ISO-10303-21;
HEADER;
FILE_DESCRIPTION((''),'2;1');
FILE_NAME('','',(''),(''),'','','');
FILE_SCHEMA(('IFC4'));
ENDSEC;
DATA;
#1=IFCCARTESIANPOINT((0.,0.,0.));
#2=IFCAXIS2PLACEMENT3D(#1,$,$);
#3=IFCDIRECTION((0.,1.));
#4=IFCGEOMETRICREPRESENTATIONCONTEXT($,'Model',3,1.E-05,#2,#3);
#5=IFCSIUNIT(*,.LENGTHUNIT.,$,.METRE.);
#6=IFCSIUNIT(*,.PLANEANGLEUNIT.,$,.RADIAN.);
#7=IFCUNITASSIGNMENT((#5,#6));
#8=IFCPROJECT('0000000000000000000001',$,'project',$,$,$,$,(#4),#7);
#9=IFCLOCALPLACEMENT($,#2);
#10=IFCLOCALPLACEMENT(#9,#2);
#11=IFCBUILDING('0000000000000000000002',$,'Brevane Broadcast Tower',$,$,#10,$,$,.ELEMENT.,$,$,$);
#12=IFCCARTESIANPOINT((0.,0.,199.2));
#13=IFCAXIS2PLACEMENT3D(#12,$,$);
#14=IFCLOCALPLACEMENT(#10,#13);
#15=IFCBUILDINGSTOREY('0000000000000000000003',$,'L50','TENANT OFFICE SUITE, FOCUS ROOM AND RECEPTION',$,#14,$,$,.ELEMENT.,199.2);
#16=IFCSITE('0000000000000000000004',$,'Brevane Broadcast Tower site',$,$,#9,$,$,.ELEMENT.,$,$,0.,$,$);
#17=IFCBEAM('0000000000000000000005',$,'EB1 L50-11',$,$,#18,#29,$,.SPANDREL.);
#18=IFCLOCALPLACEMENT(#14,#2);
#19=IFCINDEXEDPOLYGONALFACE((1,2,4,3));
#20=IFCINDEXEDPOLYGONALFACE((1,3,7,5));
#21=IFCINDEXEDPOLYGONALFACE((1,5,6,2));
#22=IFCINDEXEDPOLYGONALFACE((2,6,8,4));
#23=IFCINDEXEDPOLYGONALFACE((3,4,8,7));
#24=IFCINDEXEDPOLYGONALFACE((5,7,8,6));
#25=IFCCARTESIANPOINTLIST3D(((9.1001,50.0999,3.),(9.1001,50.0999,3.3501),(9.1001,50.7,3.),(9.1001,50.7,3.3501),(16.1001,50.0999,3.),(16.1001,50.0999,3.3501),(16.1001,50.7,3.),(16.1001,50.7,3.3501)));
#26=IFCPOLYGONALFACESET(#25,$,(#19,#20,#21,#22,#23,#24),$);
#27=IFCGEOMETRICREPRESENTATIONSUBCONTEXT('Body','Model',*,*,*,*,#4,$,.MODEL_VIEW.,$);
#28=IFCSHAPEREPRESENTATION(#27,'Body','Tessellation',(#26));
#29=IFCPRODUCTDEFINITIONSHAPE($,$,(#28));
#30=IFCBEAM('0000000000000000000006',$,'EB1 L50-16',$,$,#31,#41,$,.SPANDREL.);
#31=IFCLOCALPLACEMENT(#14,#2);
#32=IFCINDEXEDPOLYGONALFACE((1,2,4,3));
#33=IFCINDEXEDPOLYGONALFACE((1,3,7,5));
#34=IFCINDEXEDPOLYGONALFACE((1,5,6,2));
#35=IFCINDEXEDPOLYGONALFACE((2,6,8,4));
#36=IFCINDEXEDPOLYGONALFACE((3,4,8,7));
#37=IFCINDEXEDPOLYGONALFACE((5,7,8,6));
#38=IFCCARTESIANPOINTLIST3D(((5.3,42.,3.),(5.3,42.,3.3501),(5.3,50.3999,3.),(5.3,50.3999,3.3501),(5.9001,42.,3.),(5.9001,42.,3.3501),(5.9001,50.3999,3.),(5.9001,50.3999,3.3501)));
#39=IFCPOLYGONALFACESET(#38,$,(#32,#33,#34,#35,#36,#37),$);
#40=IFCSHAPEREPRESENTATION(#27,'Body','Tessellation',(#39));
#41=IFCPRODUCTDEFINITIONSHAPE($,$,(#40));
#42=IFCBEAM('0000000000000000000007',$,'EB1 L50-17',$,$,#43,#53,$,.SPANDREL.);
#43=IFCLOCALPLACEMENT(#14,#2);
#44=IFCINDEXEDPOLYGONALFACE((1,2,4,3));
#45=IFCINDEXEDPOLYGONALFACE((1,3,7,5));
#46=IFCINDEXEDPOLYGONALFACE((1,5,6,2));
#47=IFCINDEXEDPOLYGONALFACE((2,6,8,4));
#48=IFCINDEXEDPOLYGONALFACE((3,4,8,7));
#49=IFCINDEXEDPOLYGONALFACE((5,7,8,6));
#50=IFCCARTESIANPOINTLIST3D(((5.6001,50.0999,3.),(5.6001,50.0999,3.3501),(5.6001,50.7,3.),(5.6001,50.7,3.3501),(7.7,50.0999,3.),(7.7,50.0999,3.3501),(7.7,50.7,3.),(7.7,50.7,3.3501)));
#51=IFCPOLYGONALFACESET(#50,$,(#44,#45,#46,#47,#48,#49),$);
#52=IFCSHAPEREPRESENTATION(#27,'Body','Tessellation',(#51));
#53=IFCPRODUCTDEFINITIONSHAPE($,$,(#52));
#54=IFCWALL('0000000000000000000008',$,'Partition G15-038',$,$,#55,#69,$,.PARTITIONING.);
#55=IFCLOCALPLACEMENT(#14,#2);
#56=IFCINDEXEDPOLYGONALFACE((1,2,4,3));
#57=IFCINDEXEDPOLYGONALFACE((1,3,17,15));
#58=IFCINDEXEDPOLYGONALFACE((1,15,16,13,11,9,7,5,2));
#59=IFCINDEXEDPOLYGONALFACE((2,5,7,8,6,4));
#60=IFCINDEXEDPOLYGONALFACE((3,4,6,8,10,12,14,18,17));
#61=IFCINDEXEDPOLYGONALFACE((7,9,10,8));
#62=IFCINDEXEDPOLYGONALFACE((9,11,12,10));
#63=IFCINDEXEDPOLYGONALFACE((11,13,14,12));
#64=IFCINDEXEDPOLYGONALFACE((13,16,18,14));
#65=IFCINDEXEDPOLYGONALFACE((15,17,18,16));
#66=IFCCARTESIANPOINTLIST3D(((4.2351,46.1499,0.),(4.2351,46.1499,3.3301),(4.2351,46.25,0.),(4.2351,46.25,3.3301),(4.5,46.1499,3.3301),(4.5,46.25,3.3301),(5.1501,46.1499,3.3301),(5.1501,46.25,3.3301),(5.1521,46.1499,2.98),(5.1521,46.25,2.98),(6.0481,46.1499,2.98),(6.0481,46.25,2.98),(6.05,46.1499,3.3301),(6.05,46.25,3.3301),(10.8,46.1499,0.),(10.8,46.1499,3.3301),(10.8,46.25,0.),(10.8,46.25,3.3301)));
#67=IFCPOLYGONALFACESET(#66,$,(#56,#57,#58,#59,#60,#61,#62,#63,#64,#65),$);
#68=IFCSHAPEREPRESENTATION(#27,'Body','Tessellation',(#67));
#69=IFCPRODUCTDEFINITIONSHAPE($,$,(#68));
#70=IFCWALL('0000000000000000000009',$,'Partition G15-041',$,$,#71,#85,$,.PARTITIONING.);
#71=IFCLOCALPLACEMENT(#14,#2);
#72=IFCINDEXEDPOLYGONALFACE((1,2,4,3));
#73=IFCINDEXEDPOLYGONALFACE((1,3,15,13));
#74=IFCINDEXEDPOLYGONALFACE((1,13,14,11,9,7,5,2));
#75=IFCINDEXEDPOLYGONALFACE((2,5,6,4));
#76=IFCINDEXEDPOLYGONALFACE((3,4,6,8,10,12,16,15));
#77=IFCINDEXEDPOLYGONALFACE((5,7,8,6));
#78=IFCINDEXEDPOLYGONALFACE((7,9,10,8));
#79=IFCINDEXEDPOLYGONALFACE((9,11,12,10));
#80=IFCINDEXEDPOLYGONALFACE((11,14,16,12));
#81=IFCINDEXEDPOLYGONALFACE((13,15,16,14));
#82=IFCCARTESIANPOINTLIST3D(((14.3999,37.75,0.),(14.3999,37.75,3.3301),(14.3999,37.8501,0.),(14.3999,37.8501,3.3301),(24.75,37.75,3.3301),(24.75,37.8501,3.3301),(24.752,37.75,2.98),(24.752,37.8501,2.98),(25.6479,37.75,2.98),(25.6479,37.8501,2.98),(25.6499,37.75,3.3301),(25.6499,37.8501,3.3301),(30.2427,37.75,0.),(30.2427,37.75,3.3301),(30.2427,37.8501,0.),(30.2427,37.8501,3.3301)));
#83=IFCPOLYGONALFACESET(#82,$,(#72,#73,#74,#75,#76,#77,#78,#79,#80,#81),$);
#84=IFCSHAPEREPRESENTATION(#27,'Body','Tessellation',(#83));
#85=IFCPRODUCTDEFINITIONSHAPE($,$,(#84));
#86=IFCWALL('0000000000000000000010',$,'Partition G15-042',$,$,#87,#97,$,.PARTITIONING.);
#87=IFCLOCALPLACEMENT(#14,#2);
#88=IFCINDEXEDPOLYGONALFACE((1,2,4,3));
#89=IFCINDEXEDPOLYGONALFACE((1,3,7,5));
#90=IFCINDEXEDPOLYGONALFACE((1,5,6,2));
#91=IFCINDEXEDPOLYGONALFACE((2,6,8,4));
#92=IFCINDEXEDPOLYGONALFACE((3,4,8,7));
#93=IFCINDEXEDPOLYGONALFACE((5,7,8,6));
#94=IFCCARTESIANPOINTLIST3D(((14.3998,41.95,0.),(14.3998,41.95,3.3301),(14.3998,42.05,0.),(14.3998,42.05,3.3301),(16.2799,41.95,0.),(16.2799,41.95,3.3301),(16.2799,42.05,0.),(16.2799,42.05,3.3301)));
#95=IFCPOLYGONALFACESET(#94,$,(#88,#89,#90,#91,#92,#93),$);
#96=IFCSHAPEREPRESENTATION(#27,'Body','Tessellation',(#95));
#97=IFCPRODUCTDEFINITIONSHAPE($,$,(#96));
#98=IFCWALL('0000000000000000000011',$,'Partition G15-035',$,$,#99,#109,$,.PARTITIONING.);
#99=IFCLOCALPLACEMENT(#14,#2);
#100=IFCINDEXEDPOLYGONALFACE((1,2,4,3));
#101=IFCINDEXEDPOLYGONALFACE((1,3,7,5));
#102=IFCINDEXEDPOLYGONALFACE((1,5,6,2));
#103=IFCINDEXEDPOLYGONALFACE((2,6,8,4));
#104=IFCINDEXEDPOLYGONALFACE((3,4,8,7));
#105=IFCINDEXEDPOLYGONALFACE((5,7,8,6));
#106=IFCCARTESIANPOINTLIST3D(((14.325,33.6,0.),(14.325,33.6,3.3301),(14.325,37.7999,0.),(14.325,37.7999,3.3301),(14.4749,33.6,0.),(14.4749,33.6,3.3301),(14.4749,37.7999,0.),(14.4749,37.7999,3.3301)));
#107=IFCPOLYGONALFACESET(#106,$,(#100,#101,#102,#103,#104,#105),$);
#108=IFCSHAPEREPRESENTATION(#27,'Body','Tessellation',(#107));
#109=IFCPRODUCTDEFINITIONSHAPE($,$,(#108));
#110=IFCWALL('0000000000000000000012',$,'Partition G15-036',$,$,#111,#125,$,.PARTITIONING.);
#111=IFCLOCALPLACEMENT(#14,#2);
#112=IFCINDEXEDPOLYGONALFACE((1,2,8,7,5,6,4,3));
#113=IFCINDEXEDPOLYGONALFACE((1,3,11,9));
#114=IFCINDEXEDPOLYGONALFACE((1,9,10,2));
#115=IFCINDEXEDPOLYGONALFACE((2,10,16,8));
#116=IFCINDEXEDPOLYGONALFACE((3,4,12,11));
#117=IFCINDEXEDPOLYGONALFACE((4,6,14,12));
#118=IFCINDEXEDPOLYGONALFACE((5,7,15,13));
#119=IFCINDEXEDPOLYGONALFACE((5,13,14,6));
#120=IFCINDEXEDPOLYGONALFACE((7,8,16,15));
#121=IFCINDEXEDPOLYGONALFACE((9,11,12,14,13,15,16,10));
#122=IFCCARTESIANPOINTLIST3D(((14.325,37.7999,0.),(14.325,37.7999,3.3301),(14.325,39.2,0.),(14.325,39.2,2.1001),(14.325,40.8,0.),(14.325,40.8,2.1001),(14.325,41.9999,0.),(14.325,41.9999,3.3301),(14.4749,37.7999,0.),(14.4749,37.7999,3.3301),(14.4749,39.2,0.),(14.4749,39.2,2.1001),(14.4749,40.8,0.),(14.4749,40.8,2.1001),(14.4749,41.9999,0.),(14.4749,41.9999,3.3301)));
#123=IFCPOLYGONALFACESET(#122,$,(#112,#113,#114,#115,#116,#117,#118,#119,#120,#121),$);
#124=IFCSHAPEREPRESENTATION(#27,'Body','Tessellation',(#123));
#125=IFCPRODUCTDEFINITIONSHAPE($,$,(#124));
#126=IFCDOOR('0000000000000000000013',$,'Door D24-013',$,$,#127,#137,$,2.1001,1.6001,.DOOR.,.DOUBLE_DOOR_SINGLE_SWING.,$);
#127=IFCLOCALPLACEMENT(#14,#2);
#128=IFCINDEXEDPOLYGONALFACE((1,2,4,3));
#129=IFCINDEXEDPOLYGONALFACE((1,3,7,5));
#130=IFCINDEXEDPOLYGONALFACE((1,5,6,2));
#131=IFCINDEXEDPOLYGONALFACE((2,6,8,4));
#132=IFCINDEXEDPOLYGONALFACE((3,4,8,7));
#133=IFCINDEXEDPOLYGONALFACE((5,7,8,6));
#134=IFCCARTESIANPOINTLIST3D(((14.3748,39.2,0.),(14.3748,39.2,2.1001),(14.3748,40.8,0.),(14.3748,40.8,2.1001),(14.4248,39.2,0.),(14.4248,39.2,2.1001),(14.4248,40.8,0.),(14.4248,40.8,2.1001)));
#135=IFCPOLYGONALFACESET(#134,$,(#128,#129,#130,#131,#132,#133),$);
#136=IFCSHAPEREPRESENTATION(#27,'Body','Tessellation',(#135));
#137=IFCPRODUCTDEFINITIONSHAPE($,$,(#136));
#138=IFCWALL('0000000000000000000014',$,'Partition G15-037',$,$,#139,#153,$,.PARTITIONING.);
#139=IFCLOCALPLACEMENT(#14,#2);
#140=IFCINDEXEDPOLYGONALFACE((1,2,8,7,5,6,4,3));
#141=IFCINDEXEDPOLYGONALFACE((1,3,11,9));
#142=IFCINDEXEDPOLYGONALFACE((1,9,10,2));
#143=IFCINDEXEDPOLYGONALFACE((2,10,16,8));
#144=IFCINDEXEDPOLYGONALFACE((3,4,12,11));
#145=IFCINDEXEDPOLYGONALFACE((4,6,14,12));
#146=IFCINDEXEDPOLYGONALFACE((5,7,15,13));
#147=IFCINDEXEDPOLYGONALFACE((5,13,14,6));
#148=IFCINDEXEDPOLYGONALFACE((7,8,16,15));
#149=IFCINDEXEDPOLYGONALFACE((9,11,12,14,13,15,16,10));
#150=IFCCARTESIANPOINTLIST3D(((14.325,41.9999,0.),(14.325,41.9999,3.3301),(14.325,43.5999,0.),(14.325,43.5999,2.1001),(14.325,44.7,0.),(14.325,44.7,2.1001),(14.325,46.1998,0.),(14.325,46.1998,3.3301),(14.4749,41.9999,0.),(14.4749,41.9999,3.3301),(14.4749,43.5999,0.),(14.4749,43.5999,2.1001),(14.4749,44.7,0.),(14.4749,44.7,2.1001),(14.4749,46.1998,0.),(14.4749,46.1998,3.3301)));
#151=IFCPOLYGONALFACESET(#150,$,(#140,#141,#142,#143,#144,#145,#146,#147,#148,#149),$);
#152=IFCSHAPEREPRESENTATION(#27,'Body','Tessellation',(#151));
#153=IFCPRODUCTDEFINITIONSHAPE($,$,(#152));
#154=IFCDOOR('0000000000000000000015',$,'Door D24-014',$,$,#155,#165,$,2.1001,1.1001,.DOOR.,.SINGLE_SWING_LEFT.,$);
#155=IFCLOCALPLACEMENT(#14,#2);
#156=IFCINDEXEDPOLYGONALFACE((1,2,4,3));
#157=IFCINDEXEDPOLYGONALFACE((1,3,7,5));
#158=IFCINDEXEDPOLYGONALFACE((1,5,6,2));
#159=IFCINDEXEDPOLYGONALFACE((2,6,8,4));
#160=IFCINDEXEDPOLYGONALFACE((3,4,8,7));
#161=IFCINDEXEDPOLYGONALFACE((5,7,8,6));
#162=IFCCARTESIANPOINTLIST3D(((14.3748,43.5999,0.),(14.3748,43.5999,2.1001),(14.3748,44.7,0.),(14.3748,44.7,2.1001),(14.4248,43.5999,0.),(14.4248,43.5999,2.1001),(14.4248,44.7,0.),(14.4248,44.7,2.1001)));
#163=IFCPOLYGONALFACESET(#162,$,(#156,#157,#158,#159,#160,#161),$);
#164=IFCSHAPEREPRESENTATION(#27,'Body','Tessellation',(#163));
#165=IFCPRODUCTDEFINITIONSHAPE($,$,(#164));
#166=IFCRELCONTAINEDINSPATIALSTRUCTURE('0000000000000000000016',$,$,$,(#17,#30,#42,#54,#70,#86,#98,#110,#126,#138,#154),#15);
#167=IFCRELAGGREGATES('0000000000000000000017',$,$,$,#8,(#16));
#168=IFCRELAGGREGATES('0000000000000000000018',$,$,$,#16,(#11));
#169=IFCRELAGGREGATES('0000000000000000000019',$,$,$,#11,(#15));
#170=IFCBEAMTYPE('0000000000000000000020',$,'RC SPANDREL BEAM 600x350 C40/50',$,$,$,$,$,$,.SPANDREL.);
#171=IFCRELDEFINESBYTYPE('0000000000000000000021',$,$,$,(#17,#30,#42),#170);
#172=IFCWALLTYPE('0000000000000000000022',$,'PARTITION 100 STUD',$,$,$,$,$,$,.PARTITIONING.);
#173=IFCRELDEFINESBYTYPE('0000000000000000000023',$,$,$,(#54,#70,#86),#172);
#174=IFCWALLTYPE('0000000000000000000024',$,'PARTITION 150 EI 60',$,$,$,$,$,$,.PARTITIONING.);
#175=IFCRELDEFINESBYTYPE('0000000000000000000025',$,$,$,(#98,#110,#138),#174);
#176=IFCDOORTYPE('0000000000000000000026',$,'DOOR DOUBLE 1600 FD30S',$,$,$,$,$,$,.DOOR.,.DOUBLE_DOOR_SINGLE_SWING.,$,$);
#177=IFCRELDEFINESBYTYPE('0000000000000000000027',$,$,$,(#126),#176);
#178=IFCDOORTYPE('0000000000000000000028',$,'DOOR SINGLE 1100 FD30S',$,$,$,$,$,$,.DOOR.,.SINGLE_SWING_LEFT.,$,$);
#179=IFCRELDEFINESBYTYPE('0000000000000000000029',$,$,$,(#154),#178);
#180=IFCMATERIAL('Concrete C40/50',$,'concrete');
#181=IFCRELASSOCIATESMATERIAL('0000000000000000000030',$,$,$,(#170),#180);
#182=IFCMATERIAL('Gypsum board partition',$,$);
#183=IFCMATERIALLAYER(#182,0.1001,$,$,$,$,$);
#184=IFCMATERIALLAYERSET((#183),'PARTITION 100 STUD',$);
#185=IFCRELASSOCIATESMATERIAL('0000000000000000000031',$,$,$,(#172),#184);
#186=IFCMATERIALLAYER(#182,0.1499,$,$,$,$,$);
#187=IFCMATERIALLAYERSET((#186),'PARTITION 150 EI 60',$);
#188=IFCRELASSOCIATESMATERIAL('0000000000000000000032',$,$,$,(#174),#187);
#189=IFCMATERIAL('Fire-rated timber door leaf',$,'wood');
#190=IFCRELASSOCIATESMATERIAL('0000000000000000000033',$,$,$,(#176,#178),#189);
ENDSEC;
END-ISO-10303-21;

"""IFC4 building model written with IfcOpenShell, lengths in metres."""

from ifc_helpers import new_model, si_unit, direction, frame, frame_2d, origin, origin_2d, place, context, subcontext, project, spatial, polyline, rectangle, outline, extrude, material, layer, layer_set, material_profile, profile_set, type_object, element, fill, save


model = new_model("IFC4")

# Units and contexts
model_context = context("Model", 3, precision=1e-05, world=origin(), true_north=direction((0.0, 1.0)))
body_context = subcontext(model_context, "Body", "Model", "MODEL_VIEW")
ifc_project = project(units=[si_unit("LENGTHUNIT", "METRE"), si_unit("PLANEANGLEUNIT", "RADIAN")], contexts=[model_context])

# Site, building, storey
site_placement = place(None, origin())
site = spatial("IfcSite", under=ifc_project, at=site_placement, Name="Brevane Broadcast Tower site", CompositionType="ELEMENT", RefElevation=0.0)
building_placement = place(site_placement, origin())
building = spatial("IfcBuilding", under=site, at=building_placement, Name="Brevane Broadcast Tower", CompositionType="ELEMENT")
storey_placement = place(building_placement, frame((0.0, 0.0, 199.2)))
storey = spatial("IfcBuildingStorey", under=building, at=storey_placement, Name="L50", Description="TENANT OFFICE SUITE, FOCUS ROOM AND RECEPTION", CompositionType="ELEMENT", Elevation=199.2)

# Beams
ifc_material_1 = material(Name="Concrete C40/50", Category="concrete")
ifc_material_profile_1 = material_profile(ifc_material_1, rectangle(XDim=0.6001, YDim=0.3501, at=origin_2d()), Name="RC 600x350")
ifc_profile_set_1 = profile_set([ifc_material_profile_1], Name="Concrete C40/50")
beam_type_1 = type_object("IfcBeamType", Name="RC SPANDREL BEAM 600x350 C40/50", PredefinedType="SPANDREL", material=ifc_profile_set_1)
beam_1_placement = place(storey_placement, frame((16.1001, 50.3999, 3.175), z_axis=(-1.0, 0.0, 0.0), x_axis=(0.0, -1.0, 0.0)))
element("IfcBeam", 1, at=beam_1_placement, inside=storey, type_object=beam_type_1, Name="EB1 L50-11", PredefinedType="SPANDREL", context=body_context, shape_type="SweptSolid", body=[
    extrude(rectangle(XDim=0.6001, YDim=0.3501, at=origin_2d()), origin(), (0.0, 0.0, 1.0), 7.0),
])
beam_2_placement = place(storey_placement, frame((5.6001, 42.0, 3.175), z_axis=(0.0, 1.0, 0.0), x_axis=(-1.0, 0.0, 0.0)))
element("IfcBeam", 2, at=beam_2_placement, inside=storey, type_object=beam_type_1, Name="EB1 L50-16", PredefinedType="SPANDREL", context=body_context, shape_type="SweptSolid", body=[
    extrude(rectangle(XDim=0.6001, YDim=0.3501, at=origin_2d()), origin(), (0.0, 0.0, 1.0), 8.3999),
])
beam_3_placement = place(storey_placement, frame((5.6001, 50.3999, 3.175), z_axis=(1.0, 0.0, 0.0), x_axis=(0.0, 1.0, 0.0)))
element("IfcBeam", 3, at=beam_3_placement, inside=storey, type_object=beam_type_1, Name="EB1 L50-17", PredefinedType="SPANDREL", context=body_context, shape_type="SweptSolid", body=[
    extrude(rectangle(XDim=0.6001, YDim=0.3501, at=origin_2d()), origin(), (0.0, 0.0, 1.0), 2.0999),
])

# Walls
ifc_material_2 = material(Name="Gypsum board partition")
ifc_layer_1 = layer(ifc_material_2, 0.1001)
ifc_layer_set_1 = layer_set([ifc_layer_1], Name="PARTITION 100 STUD")
wall_type_1 = type_object("IfcWallType", Name="PARTITION 100 STUD", PredefinedType="PARTITIONING", material=ifc_layer_set_1)
wall_1_placement = place(storey_placement, frame((10.8, 46.2, 0.0), z_axis=(0.0, 0.0, 1.0), x_axis=(-1.0, 0.0, 0.0)))
element("IfcWall", 4, at=wall_1_placement, inside=storey, type_object=wall_type_1, Name="Partition G15-038", PredefinedType="PARTITIONING", context=body_context, shape_type="SweptSolid", body=[
    extrude(outline(polyline([(0.0, 0.0), (6.5649, 0.0), (6.5649, 3.3301), (6.3, 3.3301), (5.6499, 3.3301), (5.6479, 2.98), (4.752, 2.98), (4.75, 3.3301), (0.0, 3.3301), (0.0, 0.0)])), frame((0.0, 0.05, 0.0), z_axis=(0.0, -1.0, 0.0), x_axis=(1.0, 0.0, 0.0)), (0.0, 0.0, 1.0), 0.1001),
])
wall_2_placement = place(storey_placement, frame((14.3999, 37.8, 0.0), z_axis=(0.0, 0.0, 1.0), x_axis=(1.0, 0.0, 0.0)))
element("IfcWall", 5, at=wall_2_placement, inside=storey, type_object=wall_type_1, Name="Partition G15-041", PredefinedType="PARTITIONING", context=body_context, shape_type="SweptSolid", body=[
    extrude(outline(polyline([(0.0, 0.0), (15.8428, 0.0), (15.8428, 3.3301), (11.25, 3.3301), (11.248, 2.98), (10.3521, 2.98), (10.3501, 3.3301), (0.0, 3.3301), (0.0, 0.0)])), frame((0.0, 0.05, 0.0), z_axis=(0.0, -1.0, 0.0), x_axis=(1.0, 0.0, 0.0)), (0.0, 0.0, 1.0), 0.1001),
])
wall_3_placement = place(storey_placement, frame((14.3999, 42.0, 0.0), z_axis=(0.0, 0.0, 1.0), x_axis=(1.0, 0.0, 0.0)))
element("IfcWall", 6, at=wall_3_placement, inside=storey, type_object=wall_type_1, Name="Partition G15-042", PredefinedType="PARTITIONING", context=body_context, shape_type="SweptSolid", body=[
    extrude(rectangle(XDim=1.8801, YDim=0.1001, at=frame_2d((0.9399, 0.0))), origin(), (0.0, 0.0, 1.0), 3.3301),
])

# Shared definitions
ifc_layer_2 = layer(ifc_material_2, 0.1499)
ifc_layer_set_2 = layer_set([ifc_layer_2], Name="PARTITION 150 EI 60")
wall_type_2 = type_object("IfcWallType", Name="PARTITION 150 EI 60", PredefinedType="PARTITIONING", material=ifc_layer_set_2)
ifc_material_3 = material(Name="Fire-rated timber door leaf", Category="wood")

# Wall
wall_4_placement = place(storey_placement, frame((14.3999, 37.8, 0.0), z_axis=(0.0, 0.0, 1.0), x_axis=(0.0, -1.0, 0.0)))
element("IfcWall", 7, at=wall_4_placement, inside=storey, type_object=wall_type_2, Name="Partition G15-035", PredefinedType="PARTITIONING", context=body_context, shape_type="SweptSolid", body=[
    extrude(rectangle(XDim=4.2, YDim=0.1499, at=frame_2d((2.1001, 0.0))), origin(), (0.0, 0.0, 1.0), 3.3301),
])

# Walls, openings, doors
wall_5_placement = place(storey_placement, frame((14.3999, 42.0, 0.0), z_axis=(0.0, 0.0, 1.0), x_axis=(0.0, -1.0, 0.0)))
wall_5 = element("IfcWall", 8, at=wall_5_placement, inside=storey, type_object=wall_type_2, Name="Partition G15-036", PredefinedType="PARTITIONING", context=body_context, shape_type="SweptSolid", body=[
    extrude(rectangle(XDim=4.2, YDim=0.1499, at=frame_2d((2.1001, 0.0))), origin(), (0.0, 0.0, 1.0), 3.3301),
])
opening_1_placement = place(wall_5_placement, frame((1.2, 0.0, 0.0)))
opening_1 = element("IfcOpeningElement", 9, at=opening_1_placement, cuts=wall_5, PredefinedType="OPENING", context=body_context, shape_type="SweptSolid", body=[
    extrude(rectangle(XDim=1.6001, YDim=2.1001, at=frame_2d((0.8, 1.05))), frame((0.0, 0.085, 0.0), z_axis=(0.0, -1.0, 0.0), x_axis=(1.0, 0.0, 0.0)), (0.0, 0.0, 1.0), 0.1699),
])
door_type_1 = type_object("IfcDoorType", Name="DOOR DOUBLE 1600 FD30S", OperationType="DOUBLE_DOOR_SINGLE_SWING", PredefinedType="DOOR", material=ifc_material_3)
door_1_placement = place(opening_1_placement, origin())
door_1 = element("IfcDoor", 10, at=door_1_placement, inside=storey, type_object=door_type_1, Name="Door D24-013", OperationType="DOUBLE_DOOR_SINGLE_SWING", OverallHeight=2.1001, OverallWidth=1.6001, PredefinedType="DOOR", context=body_context, shape_type="SweptSolid", body=[
    extrude(rectangle(XDim=1.6001, YDim=2.1001, at=frame_2d((0.8, 1.05))), frame((0.0, 0.0249, 0.0), z_axis=(0.0, -1.0, 0.0), x_axis=(1.0, 0.0, 0.0)), (0.0, 0.0, 1.0), 0.05),
])
fill(opening_1, door_1)
wall_6_placement = place(storey_placement, frame((14.3999, 46.2, 0.0), z_axis=(0.0, 0.0, 1.0), x_axis=(0.0, -1.0, 0.0)))
wall_6 = element("IfcWall", 11, at=wall_6_placement, inside=storey, type_object=wall_type_2, Name="Partition G15-037", PredefinedType="PARTITIONING", context=body_context, shape_type="SweptSolid", body=[
    extrude(rectangle(XDim=4.2, YDim=0.1499, at=frame_2d((2.1001, 0.0))), origin(), (0.0, 0.0, 1.0), 3.3301),
])
opening_2_placement = place(wall_6_placement, frame((1.5, 0.0, 0.0)))
opening_2 = element("IfcOpeningElement", 12, at=opening_2_placement, cuts=wall_6, PredefinedType="OPENING", context=body_context, shape_type="SweptSolid", body=[
    extrude(rectangle(XDim=1.1001, YDim=2.1001, at=frame_2d((0.55, 1.05))), frame((0.0, 0.085, 0.0), z_axis=(0.0, -1.0, 0.0), x_axis=(1.0, 0.0, 0.0)), (0.0, 0.0, 1.0), 0.1699),
])
door_type_2 = type_object("IfcDoorType", Name="DOOR SINGLE 1100 FD30S", OperationType="SINGLE_SWING_LEFT", PredefinedType="DOOR", material=ifc_material_3)
door_2_placement = place(opening_2_placement, origin())
door_2 = element("IfcDoor", 13, at=door_2_placement, inside=storey, type_object=door_type_2, Name="Door D24-014", OperationType="SINGLE_SWING_LEFT", OverallHeight=2.1001, OverallWidth=1.1001, PredefinedType="DOOR", context=body_context, shape_type="SweptSolid", body=[
    extrude(rectangle(XDim=1.1001, YDim=2.1001, at=frame_2d((0.55, 1.05))), frame((0.0, 0.0249, 0.0), z_axis=(0.0, -1.0, 0.0), x_axis=(1.0, 0.0, 0.0)), (0.0, 0.0, 1.0), 0.05),
])
fill(opening_2, door_2)

save(model, "model.ifc")
